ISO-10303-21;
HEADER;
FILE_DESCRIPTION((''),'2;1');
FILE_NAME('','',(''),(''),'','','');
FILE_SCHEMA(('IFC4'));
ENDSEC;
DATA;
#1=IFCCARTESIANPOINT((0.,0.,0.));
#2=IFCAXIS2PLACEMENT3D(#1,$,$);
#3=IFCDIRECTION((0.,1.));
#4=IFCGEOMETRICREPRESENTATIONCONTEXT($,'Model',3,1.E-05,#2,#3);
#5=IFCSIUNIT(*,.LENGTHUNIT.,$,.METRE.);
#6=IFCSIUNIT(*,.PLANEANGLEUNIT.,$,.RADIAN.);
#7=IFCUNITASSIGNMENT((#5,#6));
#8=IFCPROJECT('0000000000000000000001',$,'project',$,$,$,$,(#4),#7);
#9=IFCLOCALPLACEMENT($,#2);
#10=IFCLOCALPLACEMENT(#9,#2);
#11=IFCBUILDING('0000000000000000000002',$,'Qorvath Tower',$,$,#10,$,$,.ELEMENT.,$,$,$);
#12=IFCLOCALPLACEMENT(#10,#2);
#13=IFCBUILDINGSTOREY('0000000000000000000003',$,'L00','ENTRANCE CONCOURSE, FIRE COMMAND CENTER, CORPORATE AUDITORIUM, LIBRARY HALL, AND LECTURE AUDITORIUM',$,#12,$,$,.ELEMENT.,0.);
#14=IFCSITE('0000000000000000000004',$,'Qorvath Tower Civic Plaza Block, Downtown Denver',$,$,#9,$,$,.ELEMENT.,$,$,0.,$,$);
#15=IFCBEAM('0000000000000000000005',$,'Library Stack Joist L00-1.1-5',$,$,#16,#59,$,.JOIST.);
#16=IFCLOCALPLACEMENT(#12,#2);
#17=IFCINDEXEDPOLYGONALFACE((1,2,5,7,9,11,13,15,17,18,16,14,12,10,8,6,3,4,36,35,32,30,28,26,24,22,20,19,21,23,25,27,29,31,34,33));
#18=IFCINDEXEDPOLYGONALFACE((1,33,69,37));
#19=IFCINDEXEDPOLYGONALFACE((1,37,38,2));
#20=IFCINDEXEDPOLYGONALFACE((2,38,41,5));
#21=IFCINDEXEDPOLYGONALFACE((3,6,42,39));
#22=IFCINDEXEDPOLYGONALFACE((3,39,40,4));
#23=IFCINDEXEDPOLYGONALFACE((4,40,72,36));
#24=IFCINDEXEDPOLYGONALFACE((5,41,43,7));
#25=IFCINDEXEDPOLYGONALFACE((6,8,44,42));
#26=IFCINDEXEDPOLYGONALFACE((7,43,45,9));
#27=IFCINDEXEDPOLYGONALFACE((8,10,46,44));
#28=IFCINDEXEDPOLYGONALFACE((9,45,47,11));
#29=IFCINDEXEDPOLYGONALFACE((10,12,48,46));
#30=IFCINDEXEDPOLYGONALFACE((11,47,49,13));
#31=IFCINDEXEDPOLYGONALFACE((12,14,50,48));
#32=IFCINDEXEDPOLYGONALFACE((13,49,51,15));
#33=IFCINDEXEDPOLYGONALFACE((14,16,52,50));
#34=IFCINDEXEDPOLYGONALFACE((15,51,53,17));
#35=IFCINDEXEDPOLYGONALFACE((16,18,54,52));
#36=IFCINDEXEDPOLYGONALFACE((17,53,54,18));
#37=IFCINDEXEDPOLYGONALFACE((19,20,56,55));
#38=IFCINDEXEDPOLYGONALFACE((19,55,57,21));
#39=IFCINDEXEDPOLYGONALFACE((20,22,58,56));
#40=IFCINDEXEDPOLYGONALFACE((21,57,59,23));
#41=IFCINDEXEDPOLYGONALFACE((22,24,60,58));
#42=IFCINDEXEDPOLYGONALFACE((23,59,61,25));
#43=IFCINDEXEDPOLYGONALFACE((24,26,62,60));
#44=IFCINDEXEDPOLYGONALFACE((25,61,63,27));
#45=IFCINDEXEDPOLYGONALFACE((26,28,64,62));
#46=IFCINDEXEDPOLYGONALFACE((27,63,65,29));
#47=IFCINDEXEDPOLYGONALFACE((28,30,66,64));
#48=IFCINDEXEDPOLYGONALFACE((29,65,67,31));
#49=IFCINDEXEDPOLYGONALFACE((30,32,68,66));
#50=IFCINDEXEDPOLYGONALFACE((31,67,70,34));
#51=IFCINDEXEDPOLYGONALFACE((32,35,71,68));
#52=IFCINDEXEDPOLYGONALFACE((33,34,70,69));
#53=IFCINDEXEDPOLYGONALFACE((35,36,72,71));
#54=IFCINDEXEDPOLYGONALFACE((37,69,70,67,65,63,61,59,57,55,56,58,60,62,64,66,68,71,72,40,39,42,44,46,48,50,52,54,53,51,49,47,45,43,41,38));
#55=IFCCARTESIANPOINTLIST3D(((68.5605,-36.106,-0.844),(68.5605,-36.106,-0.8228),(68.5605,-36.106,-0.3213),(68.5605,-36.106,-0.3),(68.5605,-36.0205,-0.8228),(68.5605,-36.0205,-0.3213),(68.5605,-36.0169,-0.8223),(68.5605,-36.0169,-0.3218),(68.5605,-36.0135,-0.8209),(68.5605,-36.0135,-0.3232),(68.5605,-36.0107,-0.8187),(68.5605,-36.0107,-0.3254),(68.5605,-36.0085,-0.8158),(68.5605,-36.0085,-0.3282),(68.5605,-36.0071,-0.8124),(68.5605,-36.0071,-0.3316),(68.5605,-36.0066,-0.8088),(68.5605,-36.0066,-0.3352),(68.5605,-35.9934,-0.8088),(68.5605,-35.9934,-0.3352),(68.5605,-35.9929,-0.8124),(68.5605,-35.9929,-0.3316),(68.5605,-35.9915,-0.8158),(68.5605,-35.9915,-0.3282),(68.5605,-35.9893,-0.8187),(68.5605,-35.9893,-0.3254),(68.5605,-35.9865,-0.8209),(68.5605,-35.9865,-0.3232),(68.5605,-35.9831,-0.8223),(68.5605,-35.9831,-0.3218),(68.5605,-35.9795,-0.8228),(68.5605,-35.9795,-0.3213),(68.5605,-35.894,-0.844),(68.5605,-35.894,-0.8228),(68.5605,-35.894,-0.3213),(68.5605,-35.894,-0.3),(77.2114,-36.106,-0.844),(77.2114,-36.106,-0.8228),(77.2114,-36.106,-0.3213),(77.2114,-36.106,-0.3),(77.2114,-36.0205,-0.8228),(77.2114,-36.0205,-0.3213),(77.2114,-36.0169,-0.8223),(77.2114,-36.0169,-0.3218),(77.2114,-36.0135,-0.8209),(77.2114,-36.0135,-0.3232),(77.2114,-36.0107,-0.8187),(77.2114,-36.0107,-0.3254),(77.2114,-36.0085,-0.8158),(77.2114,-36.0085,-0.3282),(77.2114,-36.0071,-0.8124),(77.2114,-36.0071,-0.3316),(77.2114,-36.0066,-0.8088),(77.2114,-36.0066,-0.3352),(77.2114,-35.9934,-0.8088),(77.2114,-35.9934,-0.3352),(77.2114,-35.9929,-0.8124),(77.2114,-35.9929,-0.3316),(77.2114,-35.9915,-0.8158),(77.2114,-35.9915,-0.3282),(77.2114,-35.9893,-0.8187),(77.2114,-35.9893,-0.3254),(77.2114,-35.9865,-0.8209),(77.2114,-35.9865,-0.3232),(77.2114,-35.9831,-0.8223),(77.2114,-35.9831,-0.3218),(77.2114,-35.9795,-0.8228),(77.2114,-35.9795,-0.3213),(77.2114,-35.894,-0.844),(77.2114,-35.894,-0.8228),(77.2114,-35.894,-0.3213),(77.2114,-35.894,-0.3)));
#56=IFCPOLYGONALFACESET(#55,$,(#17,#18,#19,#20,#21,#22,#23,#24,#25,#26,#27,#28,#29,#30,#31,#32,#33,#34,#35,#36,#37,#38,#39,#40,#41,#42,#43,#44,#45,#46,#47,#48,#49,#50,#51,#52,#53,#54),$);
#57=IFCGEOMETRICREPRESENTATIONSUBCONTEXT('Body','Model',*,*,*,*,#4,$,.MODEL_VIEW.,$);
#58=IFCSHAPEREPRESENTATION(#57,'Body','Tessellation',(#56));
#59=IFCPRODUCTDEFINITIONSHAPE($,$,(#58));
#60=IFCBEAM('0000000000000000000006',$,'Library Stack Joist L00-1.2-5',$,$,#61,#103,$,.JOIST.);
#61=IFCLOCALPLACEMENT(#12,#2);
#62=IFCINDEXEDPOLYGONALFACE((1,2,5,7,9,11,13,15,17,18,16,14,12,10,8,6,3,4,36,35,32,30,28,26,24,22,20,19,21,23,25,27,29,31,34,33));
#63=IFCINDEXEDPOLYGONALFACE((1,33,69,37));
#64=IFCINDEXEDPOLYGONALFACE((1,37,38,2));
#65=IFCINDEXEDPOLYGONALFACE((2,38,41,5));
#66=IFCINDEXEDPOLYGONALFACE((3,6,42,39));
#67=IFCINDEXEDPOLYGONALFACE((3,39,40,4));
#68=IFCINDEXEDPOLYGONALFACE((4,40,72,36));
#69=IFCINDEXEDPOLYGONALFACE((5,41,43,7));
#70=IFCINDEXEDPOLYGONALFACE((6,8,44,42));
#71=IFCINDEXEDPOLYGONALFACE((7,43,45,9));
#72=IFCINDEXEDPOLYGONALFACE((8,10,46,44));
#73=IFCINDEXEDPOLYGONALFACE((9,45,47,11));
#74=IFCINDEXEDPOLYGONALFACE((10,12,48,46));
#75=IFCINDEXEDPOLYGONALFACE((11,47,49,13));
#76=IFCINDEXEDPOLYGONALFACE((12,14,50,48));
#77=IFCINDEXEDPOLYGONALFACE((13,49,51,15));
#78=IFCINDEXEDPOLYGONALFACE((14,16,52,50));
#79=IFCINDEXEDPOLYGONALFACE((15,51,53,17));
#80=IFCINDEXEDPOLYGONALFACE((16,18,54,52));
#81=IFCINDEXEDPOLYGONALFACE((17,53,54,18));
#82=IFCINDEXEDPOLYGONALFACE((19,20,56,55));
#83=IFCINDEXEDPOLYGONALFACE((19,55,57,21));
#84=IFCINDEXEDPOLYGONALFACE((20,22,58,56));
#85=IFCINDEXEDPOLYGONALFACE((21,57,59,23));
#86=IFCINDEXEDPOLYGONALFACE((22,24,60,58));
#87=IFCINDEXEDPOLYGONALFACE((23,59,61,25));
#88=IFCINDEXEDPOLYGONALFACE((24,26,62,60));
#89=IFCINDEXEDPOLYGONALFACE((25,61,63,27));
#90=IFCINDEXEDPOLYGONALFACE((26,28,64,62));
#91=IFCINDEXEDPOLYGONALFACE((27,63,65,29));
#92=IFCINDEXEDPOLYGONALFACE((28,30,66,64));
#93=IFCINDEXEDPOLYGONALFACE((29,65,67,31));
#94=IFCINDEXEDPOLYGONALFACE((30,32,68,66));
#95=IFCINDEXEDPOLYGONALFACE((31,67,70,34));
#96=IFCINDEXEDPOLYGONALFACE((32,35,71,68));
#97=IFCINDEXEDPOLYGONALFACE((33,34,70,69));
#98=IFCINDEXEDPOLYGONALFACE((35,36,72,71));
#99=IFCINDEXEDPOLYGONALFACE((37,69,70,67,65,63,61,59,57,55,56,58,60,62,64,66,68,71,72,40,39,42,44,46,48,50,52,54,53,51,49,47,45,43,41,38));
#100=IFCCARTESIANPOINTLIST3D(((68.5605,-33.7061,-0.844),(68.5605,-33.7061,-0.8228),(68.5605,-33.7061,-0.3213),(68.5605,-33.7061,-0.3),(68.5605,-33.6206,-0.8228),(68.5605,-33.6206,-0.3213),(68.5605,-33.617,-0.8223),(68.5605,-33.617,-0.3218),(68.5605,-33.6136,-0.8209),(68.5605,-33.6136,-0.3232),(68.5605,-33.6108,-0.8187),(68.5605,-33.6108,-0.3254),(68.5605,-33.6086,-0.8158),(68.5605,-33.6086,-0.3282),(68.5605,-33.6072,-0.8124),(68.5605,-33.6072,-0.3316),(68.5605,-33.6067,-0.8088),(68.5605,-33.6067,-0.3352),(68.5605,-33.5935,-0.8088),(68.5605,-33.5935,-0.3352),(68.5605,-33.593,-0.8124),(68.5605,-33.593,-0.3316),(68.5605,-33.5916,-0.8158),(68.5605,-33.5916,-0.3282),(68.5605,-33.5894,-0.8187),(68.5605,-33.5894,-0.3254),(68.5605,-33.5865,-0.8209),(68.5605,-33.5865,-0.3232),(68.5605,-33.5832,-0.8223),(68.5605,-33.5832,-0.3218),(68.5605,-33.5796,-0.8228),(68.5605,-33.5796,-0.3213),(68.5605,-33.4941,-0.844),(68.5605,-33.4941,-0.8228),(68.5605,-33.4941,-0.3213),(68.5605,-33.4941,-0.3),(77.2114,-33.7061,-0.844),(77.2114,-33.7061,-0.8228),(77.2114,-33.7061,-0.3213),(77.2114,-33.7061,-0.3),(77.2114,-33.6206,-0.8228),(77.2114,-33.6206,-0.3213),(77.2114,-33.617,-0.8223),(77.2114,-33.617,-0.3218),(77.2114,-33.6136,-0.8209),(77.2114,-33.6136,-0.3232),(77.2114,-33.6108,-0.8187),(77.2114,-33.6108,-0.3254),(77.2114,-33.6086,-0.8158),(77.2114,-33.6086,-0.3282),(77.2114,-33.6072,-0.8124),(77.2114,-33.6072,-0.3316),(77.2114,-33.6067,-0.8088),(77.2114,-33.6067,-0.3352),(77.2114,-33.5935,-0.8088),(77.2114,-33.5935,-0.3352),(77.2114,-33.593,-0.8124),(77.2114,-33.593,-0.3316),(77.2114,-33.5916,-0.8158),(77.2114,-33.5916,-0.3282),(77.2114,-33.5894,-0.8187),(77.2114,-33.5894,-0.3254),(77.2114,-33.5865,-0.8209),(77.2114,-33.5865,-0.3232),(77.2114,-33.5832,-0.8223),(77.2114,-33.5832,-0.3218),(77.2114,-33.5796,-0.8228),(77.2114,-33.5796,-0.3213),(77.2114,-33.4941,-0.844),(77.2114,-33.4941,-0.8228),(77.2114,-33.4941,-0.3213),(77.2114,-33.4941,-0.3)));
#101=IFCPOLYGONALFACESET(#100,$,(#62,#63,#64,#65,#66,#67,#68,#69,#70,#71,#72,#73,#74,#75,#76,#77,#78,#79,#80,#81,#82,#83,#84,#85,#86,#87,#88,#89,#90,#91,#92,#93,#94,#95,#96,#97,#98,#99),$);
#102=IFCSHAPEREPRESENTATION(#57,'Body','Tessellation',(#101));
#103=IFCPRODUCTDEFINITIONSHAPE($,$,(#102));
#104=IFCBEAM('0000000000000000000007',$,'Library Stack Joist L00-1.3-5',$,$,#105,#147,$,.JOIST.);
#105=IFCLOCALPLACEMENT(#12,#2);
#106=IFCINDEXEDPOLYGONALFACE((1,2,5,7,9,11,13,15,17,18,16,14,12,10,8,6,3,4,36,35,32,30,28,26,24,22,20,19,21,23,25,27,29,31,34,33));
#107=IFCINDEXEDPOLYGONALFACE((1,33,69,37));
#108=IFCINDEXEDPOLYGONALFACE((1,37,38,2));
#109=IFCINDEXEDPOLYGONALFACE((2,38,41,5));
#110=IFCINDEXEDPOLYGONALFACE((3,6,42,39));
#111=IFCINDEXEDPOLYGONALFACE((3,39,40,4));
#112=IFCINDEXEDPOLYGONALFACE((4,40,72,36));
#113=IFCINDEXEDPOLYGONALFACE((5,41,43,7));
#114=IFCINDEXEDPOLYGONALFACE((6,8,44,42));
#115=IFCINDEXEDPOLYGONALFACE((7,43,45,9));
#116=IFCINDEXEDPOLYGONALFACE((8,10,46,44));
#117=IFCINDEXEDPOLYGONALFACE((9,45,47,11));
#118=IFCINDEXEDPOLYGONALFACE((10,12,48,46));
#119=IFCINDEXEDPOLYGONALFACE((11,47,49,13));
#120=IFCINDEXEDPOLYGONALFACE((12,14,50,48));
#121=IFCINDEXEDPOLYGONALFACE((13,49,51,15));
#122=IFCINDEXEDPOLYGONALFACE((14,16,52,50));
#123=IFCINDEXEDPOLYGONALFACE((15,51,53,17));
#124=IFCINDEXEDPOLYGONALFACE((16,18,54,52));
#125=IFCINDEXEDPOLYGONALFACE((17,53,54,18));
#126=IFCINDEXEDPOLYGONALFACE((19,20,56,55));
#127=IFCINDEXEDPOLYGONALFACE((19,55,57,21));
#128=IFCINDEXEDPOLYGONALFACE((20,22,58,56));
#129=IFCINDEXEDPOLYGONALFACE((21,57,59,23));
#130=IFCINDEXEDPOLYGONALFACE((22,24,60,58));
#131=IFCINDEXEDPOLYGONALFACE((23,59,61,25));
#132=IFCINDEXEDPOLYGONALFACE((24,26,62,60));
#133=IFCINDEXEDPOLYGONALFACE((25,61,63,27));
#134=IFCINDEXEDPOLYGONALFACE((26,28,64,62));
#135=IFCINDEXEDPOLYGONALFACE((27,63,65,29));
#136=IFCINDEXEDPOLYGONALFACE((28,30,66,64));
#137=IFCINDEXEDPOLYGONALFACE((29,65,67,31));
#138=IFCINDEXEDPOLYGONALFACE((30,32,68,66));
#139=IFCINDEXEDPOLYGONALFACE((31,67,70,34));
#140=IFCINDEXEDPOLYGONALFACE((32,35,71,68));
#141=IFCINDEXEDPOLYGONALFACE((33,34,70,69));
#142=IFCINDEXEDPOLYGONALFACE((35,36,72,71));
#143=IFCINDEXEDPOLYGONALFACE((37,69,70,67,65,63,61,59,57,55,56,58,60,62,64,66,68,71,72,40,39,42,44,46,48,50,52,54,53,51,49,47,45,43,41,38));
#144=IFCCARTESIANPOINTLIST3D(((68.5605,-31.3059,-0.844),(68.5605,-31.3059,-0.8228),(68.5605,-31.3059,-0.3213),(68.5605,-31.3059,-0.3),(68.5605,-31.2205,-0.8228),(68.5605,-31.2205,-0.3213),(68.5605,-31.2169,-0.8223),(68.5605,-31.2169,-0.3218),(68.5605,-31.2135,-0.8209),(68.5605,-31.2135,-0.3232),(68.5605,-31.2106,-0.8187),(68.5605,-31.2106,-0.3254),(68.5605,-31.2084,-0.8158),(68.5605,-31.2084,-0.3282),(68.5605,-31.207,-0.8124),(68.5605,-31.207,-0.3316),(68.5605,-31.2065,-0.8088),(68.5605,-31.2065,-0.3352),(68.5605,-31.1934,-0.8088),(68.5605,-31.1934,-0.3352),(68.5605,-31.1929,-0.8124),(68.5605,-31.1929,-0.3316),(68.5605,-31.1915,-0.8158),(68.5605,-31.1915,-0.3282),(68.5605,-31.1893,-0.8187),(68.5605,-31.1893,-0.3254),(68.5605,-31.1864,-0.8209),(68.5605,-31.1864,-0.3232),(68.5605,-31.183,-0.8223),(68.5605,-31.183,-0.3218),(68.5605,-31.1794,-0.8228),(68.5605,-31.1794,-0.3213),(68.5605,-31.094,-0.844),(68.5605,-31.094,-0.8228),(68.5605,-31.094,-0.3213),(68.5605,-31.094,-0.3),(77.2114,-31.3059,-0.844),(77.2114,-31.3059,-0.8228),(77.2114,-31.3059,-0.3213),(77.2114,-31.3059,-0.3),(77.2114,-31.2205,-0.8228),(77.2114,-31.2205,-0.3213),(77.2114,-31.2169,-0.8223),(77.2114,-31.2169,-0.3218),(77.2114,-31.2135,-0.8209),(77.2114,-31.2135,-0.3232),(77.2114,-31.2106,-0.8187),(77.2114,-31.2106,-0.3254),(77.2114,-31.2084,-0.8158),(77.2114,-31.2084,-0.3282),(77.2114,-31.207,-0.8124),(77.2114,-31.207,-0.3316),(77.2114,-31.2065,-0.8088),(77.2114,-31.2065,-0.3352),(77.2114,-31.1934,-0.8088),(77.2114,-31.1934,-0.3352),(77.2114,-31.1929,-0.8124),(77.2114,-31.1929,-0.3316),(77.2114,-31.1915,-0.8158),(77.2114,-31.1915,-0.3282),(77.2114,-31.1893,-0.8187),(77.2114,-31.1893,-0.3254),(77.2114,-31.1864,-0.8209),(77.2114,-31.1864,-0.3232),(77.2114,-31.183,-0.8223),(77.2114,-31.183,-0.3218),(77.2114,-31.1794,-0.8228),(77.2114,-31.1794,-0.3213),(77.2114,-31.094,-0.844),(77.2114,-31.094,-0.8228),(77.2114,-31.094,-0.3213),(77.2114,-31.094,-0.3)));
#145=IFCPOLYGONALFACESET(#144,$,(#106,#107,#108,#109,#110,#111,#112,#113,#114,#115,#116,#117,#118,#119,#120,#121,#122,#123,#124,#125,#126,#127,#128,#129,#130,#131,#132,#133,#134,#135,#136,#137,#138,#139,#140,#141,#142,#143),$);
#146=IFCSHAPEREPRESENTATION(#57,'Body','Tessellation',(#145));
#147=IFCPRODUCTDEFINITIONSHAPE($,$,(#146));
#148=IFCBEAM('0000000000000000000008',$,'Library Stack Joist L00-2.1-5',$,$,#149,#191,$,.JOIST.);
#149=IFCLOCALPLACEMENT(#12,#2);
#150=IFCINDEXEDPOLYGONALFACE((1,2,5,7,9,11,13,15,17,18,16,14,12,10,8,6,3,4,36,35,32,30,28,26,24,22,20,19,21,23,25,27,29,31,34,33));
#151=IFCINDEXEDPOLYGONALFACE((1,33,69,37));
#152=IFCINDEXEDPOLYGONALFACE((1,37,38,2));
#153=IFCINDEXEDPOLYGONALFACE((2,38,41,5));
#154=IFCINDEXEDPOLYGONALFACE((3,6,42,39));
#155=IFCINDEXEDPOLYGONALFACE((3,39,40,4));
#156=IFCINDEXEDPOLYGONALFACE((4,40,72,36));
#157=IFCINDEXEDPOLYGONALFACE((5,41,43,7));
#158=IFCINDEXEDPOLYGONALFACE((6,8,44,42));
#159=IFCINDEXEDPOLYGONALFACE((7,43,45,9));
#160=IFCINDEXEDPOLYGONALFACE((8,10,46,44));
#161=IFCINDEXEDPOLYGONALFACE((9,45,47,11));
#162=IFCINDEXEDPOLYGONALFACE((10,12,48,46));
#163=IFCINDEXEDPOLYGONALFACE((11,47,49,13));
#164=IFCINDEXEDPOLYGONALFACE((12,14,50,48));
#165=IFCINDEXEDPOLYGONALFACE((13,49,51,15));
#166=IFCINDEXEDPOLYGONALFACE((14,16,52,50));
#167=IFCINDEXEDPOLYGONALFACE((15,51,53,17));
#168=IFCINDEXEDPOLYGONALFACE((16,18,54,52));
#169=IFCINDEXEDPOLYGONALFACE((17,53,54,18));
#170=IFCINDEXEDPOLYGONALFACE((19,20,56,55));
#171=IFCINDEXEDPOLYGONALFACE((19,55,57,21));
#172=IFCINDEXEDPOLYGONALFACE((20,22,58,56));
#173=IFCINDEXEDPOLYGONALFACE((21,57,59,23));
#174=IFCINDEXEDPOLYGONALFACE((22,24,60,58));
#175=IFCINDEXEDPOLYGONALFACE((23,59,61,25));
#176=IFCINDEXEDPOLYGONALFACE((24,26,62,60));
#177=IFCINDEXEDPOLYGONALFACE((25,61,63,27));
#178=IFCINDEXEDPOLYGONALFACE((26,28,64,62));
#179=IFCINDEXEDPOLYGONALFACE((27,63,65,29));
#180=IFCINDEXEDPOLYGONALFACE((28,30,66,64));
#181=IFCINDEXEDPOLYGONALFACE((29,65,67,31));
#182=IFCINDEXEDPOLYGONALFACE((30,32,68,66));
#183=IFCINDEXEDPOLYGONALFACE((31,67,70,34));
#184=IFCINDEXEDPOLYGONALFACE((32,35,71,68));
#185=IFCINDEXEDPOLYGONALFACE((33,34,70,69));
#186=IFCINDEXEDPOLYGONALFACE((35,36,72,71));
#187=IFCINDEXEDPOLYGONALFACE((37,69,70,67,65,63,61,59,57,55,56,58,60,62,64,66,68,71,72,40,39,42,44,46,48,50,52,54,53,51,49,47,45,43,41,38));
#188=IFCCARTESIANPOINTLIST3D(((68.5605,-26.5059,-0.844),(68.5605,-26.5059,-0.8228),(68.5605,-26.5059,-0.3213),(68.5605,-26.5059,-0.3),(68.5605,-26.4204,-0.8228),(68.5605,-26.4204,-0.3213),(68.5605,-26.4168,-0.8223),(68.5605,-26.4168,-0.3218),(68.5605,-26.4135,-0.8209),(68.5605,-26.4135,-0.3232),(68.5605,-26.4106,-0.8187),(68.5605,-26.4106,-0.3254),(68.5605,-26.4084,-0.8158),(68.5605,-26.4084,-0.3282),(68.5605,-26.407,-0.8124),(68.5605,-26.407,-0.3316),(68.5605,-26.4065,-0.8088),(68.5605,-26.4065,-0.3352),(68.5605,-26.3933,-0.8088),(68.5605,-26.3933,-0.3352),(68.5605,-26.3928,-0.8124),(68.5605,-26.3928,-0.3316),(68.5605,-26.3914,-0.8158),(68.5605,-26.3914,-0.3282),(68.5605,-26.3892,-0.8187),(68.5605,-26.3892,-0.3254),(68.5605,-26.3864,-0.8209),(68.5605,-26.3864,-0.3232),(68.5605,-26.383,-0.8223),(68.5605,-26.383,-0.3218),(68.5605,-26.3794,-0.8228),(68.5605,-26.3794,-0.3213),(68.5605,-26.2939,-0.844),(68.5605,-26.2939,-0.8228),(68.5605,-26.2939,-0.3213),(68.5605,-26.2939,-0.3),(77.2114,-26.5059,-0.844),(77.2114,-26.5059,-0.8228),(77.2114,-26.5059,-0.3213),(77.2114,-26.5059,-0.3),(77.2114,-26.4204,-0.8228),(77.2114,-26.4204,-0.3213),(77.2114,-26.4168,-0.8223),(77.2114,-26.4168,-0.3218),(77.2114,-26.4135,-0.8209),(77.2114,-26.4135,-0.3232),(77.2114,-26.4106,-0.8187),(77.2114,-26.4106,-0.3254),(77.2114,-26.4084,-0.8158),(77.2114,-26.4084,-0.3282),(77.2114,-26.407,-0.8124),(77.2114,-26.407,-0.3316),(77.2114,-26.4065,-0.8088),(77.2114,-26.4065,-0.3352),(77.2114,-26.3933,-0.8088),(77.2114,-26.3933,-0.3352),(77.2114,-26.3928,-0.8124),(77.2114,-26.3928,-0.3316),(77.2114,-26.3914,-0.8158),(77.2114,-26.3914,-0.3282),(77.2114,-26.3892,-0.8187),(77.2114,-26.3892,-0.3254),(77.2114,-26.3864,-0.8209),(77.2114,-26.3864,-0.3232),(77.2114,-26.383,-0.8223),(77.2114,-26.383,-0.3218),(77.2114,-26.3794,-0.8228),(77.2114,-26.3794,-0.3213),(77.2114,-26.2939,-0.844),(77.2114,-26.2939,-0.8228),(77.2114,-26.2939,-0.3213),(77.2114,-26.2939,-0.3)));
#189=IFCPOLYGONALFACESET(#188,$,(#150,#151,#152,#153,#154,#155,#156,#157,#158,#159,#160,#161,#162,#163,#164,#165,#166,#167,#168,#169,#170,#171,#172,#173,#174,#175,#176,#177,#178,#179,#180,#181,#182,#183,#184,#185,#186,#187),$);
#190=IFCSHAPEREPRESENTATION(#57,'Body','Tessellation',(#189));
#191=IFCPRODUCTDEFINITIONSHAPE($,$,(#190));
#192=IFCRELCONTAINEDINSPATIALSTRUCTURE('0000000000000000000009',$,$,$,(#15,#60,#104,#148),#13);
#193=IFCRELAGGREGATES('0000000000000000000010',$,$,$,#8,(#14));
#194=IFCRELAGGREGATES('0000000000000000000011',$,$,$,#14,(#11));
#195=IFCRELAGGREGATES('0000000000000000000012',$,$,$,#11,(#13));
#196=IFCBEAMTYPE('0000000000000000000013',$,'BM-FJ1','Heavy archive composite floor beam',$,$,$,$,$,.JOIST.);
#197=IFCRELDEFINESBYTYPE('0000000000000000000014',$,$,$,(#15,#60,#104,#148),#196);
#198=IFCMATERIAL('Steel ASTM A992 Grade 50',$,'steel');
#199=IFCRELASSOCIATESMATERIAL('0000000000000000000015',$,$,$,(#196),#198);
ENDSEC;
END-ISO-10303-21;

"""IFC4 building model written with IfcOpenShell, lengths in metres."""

from ifc_helpers import new_model, si_unit, direction, frame, origin, origin_2d, place, context, subcontext, project, spatial, i_section, extrude, material, material_profile, profile_set, type_object, element, save


model = new_model("IFC4")

# Units and contexts
model_context = context("Model", 3, precision=1e-05, world=origin(), true_north=direction((0.0, 1.0)))
body_context = subcontext(model_context, "Body", "Model", "MODEL_VIEW")
ifc_project = project(units=[si_unit("LENGTHUNIT", "METRE"), si_unit("PLANEANGLEUNIT", "RADIAN")], contexts=[model_context])

# Site, building, storey
site_placement = place(None, origin())
site = spatial("IfcSite", under=ifc_project, at=site_placement, Name="Qorvath Tower Civic Plaza Block, Downtown Denver", CompositionType="ELEMENT", RefElevation=0.0)
building_placement = place(site_placement, origin())
building = spatial("IfcBuilding", under=site, at=building_placement, Name="Qorvath Tower", CompositionType="ELEMENT")
storey_placement = place(building_placement, origin())
storey = spatial("IfcBuildingStorey", under=building, at=storey_placement, Name="L00", Description="ENTRANCE CONCOURSE, FIRE COMMAND CENTER, CORPORATE AUDITORIUM, LIBRARY HALL, AND LECTURE AUDITORIUM", CompositionType="ELEMENT", Elevation=0.0)

# Beams
ifc_material_1 = material(Name="Steel ASTM A992 Grade 50", Category="steel")
ifc_material_profile_1 = material_profile(ifc_material_1, i_section(OverallWidth=0.2119, OverallDepth=0.5439, WebThickness=0.0132, FlangeThickness=0.0212, FilletRadius=0.0139, at=origin_2d()), Name="W21x83")
ifc_profile_set_1 = profile_set([ifc_material_profile_1], Name="Steel ASTM A992 Grade 50")
beam_type_1 = type_object("IfcBeamType", Name="BM-FJ1", Description="Heavy archive composite floor beam", PredefinedType="JOIST", material=ifc_profile_set_1)
for number, where, z_axis, x_axis, name in (
    (1, (68.5605, -36.0, -0.572), (1.0, 0.0, 0.0), (0.0, 1.0, 0.0), "Library Stack Joist L00-1.1-5"),
    (2, (68.5605, -33.6001, -0.572), (1.0, 0.0, 0.0), (0.0, 1.0, 0.0), "Library Stack Joist L00-1.2-5"),
    (3, (68.5605, -31.2, -0.572), (1.0, 0.0, 0.0), (0.0, 1.0, 0.0), "Library Stack Joist L00-1.3-5"),
    (4, (68.5605, -26.3999, -0.572), (1.0, 0.0, 0.0), (0.0, 1.0, 0.0), "Library Stack Joist L00-2.1-5"),
):
    element("IfcBeam", number, at=place(storey_placement, frame(where, z_axis=z_axis, x_axis=x_axis)), inside=storey, type_object=beam_type_1, Name=name, PredefinedType="JOIST", context=body_context, shape_type="SweptSolid", body=[
        extrude(i_section(OverallWidth=0.2119, OverallDepth=0.5439, WebThickness=0.0132, FlangeThickness=0.0212, FilletRadius=0.0139, at=origin_2d()), origin(), (0.0, 0.0, 1.0), 8.6509),
    ])

save(model, "model.ifc")
